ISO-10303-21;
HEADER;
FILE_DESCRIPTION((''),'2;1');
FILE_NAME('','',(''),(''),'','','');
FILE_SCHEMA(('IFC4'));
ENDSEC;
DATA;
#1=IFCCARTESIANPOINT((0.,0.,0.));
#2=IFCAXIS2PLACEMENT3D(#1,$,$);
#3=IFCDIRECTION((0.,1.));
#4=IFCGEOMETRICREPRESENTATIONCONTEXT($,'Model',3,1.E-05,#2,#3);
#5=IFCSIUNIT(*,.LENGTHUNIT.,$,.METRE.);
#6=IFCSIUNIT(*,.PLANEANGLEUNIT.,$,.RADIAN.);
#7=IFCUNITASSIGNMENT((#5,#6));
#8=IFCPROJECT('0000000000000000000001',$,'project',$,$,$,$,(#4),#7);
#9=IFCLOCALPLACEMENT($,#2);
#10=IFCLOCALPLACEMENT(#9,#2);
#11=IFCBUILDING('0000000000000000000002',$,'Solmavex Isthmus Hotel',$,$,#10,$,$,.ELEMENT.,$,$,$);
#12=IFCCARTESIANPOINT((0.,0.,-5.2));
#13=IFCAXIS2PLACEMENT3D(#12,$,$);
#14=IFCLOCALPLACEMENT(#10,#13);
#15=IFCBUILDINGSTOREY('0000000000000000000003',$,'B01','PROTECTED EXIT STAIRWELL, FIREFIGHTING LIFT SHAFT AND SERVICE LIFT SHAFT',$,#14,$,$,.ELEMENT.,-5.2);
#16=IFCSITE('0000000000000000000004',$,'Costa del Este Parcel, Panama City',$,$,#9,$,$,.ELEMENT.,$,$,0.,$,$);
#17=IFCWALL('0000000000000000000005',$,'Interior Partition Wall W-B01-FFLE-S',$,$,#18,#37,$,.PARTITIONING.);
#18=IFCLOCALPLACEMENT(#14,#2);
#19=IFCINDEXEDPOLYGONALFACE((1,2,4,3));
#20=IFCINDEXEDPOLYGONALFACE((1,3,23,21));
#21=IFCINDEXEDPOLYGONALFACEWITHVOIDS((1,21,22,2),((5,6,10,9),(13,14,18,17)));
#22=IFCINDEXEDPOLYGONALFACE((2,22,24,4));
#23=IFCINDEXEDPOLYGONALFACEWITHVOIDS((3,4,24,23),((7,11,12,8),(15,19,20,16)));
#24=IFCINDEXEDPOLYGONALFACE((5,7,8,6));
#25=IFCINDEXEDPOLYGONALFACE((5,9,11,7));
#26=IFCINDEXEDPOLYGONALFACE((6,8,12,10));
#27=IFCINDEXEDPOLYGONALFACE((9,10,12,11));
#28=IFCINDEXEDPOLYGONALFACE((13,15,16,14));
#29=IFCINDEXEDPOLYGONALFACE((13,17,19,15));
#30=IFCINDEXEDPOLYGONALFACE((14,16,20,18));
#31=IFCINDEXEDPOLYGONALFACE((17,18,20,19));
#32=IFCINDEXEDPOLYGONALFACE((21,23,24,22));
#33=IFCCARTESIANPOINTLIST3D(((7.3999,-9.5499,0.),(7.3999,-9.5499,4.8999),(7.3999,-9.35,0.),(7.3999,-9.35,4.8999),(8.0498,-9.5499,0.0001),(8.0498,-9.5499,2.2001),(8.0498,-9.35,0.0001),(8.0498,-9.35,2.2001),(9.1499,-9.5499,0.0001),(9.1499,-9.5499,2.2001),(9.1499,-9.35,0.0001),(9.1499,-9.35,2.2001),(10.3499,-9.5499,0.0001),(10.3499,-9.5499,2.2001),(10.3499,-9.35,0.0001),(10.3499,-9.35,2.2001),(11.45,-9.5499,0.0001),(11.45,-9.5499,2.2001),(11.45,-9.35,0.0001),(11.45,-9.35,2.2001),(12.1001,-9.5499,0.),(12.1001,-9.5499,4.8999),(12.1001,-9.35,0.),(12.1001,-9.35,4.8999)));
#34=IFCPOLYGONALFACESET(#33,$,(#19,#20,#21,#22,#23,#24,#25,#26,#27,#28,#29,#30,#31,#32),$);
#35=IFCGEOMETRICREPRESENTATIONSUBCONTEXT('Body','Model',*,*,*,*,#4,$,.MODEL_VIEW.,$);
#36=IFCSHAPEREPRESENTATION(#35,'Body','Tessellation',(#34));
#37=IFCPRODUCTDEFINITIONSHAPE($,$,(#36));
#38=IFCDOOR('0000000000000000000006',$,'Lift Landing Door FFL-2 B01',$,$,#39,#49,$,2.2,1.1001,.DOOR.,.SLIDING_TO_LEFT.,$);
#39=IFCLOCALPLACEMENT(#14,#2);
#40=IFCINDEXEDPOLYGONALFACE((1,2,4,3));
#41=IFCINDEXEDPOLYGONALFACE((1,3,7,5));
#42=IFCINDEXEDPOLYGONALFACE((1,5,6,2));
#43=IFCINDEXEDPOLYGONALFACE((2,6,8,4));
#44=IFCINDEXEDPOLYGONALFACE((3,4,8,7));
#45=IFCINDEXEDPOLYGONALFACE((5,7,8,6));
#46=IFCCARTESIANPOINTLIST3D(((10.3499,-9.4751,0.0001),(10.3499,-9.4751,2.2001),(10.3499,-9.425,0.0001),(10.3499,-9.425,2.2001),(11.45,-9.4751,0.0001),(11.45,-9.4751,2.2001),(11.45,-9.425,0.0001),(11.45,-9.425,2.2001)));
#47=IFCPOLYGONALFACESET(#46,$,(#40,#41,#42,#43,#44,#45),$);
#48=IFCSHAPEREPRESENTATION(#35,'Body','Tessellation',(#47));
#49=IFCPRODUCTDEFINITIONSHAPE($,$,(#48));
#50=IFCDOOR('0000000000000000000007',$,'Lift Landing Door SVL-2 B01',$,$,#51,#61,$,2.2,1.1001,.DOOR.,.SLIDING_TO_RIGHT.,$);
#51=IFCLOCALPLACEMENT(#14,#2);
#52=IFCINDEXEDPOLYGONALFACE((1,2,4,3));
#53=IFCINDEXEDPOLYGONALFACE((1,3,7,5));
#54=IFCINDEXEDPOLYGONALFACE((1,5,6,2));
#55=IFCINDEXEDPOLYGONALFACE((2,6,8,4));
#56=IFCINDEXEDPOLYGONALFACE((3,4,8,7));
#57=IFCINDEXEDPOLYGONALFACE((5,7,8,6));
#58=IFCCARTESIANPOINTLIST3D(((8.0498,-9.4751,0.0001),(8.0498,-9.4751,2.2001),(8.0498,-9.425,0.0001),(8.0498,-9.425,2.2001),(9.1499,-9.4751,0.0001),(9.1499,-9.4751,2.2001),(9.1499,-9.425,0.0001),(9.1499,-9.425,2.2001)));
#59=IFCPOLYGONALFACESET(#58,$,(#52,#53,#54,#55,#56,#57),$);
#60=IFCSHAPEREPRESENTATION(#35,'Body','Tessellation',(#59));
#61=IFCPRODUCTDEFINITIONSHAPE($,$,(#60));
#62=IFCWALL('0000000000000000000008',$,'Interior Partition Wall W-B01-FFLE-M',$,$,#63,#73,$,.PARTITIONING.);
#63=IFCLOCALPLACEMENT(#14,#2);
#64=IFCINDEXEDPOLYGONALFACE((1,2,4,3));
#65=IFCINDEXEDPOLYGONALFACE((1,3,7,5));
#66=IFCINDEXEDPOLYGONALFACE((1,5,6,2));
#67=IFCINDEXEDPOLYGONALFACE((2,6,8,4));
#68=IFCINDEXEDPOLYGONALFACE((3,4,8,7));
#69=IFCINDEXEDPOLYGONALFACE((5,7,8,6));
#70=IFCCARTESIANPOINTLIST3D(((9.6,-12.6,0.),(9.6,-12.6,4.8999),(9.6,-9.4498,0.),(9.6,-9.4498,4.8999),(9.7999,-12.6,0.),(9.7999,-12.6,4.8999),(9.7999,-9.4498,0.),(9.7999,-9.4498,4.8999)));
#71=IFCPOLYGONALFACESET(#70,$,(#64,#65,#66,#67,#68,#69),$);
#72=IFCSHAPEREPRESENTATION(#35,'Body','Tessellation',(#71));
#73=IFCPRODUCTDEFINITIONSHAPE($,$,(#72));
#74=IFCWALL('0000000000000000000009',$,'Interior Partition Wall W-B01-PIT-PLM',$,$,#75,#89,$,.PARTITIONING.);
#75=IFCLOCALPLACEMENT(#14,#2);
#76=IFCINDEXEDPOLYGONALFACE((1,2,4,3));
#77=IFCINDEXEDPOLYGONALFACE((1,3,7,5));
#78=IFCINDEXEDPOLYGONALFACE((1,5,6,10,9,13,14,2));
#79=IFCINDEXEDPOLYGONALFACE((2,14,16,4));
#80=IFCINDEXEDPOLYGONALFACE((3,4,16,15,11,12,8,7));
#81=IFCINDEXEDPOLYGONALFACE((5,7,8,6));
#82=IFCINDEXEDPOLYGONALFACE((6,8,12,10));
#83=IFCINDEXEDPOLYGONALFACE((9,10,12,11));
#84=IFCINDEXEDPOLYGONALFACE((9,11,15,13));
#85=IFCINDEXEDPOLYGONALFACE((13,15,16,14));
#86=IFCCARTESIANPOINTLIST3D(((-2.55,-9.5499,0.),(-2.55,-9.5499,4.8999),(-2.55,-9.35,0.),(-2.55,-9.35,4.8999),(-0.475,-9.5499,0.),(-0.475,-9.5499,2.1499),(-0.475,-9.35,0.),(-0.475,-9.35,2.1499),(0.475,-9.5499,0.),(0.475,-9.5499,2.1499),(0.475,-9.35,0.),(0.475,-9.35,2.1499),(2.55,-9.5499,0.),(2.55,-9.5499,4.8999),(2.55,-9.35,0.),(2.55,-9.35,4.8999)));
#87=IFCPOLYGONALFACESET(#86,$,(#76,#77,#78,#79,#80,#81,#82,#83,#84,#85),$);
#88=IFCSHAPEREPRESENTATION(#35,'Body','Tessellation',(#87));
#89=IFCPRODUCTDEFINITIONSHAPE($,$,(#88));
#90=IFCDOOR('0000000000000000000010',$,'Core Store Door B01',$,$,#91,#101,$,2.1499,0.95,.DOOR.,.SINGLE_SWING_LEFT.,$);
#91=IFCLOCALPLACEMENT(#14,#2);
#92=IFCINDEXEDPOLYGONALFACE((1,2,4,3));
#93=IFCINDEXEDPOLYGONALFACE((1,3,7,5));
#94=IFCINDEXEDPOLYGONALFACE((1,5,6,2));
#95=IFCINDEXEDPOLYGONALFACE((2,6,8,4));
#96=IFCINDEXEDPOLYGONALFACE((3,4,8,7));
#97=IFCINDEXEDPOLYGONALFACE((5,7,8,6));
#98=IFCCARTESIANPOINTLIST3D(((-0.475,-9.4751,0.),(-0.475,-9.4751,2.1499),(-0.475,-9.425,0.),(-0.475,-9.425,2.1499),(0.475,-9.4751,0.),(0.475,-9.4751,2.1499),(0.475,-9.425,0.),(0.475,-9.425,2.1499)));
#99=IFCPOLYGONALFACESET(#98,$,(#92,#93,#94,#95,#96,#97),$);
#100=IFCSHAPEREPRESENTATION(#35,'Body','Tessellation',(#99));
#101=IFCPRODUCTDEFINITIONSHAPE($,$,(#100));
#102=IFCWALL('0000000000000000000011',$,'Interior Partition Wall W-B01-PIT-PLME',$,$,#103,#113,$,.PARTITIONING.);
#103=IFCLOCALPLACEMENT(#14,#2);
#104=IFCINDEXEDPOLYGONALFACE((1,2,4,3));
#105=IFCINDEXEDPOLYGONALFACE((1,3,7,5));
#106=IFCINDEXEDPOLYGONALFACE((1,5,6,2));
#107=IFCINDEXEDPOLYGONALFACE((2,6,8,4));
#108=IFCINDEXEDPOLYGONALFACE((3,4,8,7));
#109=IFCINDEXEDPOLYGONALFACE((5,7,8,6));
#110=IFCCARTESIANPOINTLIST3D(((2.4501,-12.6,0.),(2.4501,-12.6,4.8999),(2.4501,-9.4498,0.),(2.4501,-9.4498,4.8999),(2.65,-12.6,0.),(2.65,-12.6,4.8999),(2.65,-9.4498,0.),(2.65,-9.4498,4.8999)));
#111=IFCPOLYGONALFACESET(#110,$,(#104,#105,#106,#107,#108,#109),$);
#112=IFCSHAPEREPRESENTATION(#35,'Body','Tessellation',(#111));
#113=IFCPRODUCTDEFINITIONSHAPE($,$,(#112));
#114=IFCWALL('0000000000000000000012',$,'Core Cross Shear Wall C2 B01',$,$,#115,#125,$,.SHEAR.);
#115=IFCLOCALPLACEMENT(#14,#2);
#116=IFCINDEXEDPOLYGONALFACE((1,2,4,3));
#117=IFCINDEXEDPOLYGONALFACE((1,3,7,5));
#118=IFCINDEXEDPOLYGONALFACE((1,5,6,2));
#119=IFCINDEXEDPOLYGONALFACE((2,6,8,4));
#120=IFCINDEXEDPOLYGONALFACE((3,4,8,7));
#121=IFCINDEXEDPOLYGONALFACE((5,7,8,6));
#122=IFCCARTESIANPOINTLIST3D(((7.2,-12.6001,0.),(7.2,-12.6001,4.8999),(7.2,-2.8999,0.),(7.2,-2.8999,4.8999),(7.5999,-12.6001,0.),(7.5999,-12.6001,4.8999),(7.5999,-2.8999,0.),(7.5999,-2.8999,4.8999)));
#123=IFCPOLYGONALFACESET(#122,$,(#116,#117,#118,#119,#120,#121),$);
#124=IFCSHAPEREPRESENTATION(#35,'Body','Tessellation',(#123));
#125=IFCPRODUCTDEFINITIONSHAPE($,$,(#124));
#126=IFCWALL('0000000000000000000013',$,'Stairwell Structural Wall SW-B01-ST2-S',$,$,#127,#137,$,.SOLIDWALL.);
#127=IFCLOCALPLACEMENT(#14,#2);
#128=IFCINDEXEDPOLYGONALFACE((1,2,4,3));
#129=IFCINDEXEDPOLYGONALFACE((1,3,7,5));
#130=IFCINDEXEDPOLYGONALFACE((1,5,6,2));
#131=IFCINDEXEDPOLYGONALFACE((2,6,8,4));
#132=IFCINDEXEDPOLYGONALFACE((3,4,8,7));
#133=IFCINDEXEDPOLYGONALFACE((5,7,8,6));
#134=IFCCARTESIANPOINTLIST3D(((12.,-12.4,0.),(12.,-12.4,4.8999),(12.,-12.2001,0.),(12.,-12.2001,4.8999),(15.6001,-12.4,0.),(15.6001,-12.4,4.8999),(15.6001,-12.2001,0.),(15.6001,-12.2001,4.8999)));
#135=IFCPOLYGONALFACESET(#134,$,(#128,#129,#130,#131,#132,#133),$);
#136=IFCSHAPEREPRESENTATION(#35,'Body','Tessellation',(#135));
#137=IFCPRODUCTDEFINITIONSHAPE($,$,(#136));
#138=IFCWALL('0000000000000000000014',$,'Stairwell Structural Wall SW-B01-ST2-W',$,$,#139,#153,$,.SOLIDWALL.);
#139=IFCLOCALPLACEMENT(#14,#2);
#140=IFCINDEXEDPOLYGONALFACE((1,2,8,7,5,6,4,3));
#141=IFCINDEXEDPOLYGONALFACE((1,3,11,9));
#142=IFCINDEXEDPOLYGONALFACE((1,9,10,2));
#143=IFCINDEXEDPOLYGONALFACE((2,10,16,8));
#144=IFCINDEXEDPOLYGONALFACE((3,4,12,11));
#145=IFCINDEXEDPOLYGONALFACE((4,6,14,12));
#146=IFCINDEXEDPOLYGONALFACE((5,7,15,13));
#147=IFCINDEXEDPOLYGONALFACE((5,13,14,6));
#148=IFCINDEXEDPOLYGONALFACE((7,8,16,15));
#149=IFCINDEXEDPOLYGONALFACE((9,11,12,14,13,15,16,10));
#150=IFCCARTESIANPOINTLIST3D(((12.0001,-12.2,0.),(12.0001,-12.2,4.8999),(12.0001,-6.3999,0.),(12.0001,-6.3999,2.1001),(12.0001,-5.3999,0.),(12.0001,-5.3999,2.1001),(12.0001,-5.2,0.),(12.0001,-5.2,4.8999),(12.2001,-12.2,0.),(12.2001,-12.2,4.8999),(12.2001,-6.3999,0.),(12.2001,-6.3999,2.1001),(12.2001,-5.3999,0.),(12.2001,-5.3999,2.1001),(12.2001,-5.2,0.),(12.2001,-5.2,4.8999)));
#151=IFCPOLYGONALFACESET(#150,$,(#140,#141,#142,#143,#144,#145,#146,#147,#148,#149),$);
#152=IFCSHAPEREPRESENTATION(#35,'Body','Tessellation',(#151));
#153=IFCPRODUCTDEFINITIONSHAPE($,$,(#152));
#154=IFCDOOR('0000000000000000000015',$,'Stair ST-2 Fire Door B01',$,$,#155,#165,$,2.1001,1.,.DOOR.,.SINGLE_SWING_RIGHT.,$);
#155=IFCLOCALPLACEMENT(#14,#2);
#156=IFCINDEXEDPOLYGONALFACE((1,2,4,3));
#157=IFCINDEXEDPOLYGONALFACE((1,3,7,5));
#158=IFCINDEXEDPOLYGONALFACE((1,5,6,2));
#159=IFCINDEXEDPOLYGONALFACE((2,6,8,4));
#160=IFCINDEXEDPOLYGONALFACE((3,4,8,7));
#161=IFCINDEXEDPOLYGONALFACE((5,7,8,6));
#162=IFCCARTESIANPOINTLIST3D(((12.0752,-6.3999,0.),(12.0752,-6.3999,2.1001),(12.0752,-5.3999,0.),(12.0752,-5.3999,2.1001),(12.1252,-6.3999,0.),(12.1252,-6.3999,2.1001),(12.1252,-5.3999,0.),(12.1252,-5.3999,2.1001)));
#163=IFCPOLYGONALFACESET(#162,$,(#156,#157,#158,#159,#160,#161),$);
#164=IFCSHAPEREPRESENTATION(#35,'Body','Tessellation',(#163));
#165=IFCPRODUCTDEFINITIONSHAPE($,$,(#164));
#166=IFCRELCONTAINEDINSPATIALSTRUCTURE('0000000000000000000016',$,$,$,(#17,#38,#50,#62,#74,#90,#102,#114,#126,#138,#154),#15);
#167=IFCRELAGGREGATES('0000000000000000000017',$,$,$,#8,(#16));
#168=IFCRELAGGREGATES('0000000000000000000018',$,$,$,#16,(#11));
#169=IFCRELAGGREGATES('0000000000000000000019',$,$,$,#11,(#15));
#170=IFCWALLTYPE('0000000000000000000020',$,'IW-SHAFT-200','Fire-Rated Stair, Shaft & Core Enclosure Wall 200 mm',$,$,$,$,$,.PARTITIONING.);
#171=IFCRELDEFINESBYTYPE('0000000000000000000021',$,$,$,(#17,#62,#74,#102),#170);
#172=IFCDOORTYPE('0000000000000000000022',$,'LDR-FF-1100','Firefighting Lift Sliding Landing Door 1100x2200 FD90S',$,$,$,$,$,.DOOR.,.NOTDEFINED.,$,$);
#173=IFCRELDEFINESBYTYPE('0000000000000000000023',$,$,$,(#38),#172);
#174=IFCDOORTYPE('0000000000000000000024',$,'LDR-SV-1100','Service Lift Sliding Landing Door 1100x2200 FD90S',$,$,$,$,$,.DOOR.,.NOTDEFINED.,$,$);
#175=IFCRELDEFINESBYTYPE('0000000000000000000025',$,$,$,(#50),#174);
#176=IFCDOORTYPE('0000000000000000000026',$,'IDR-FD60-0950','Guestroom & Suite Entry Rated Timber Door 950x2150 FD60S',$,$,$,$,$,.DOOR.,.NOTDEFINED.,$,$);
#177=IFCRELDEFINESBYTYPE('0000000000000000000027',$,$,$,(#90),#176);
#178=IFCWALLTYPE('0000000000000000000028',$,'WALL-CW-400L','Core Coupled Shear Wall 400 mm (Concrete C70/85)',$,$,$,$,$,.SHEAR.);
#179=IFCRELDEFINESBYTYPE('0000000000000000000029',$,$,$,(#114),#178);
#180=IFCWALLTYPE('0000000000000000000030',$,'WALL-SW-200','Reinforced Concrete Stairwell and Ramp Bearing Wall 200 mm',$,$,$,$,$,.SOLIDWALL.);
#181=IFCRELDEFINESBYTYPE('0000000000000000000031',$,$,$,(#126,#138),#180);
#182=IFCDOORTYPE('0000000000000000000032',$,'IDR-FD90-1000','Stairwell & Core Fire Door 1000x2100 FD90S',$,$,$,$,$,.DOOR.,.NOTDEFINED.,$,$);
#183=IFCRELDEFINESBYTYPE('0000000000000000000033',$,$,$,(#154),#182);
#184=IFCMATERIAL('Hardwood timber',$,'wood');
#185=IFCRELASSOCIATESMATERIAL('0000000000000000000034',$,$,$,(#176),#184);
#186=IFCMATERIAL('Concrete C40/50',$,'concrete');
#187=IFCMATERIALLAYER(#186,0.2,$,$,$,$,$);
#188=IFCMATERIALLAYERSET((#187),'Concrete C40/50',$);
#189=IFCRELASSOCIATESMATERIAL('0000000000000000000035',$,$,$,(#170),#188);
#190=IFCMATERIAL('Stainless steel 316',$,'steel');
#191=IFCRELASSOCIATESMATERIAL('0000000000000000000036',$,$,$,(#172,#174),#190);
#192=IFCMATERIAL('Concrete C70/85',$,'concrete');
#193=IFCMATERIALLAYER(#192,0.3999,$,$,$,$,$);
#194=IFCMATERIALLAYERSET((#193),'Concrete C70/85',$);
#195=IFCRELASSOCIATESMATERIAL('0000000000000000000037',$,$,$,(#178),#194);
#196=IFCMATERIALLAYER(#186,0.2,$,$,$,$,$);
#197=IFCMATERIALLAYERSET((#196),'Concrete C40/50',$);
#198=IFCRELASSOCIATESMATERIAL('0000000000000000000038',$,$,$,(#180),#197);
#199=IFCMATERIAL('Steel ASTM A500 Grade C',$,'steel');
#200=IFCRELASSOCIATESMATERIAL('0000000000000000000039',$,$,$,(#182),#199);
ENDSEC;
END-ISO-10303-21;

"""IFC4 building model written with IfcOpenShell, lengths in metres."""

from ifc_helpers import new_model, si_unit, direction, frame, frame_2d, origin, place, context, subcontext, project, spatial, rectangle, extrude, material, layer, layer_set, type_object, element, fill, save


model = new_model("IFC4")

# Units and contexts
model_context = context("Model", 3, precision=1e-05, world=origin(), true_north=direction((0.0, 1.0)))
body_context = subcontext(model_context, "Body", "Model", "MODEL_VIEW")
ifc_project = project(units=[si_unit("LENGTHUNIT", "METRE"), si_unit("PLANEANGLEUNIT", "RADIAN")], contexts=[model_context])

# Site, building, storey
site_placement = place(None, origin())
site = spatial("IfcSite", under=ifc_project, at=site_placement, Name="Costa del Este Parcel, Panama City", CompositionType="ELEMENT", RefElevation=0.0)
building_placement = place(site_placement, origin())
building = spatial("IfcBuilding", under=site, at=building_placement, Name="Solmavex Isthmus Hotel", CompositionType="ELEMENT")
storey_placement = place(building_placement, frame((0.0, 0.0, -5.2)))
storey = spatial("IfcBuildingStorey", under=building, at=storey_placement, Name="B01", Description="PROTECTED EXIT STAIRWELL, FIREFIGHTING LIFT SHAFT AND SERVICE LIFT SHAFT", CompositionType="ELEMENT", Elevation=-5.2)

# Shared definitions
ifc_material_1 = material(Name="Concrete C70/85", Category="concrete")

# Shared definitions
ifc_material_2 = material(Name="Concrete C40/50", Category="concrete")
ifc_material_3 = material(Name="Hardwood timber", Category="wood")
door_type_1 = type_object("IfcDoorType", Name="IDR-FD60-0950", Description="Guestroom & Suite Entry Rated Timber Door 950x2150 FD60S", OperationType="NOTDEFINED", PredefinedType="DOOR", material=ifc_material_3)

# Wall, openings, doors
ifc_layer_1 = layer(ifc_material_2, 0.2)
ifc_layer_set_1 = layer_set([ifc_layer_1], Name="Concrete C40/50")
wall_type_1 = type_object("IfcWallType", Name="IW-SHAFT-200", Description="Fire-Rated Stair, Shaft & Core Enclosure Wall 200 mm", PredefinedType="PARTITIONING", material=ifc_layer_set_1)
wall_1_placement = place(storey_placement, frame((7.3999, -9.45, 0.0), z_axis=(0.0, 0.0, 1.0), x_axis=(1.0, 0.0, 0.0)))
wall_1 = element("IfcWall", 1, at=wall_1_placement, inside=storey, type_object=wall_type_1, Name="Interior Partition Wall W-B01-FFLE-S", PredefinedType="PARTITIONING", context=body_context, shape_type="SweptSolid", body=[
    extrude(rectangle(XDim=4.7002, YDim=0.2, at=frame_2d((2.3501, 0.0))), origin(), (0.0, 0.0, 1.0), 4.8999),
])
opening_1_placement = place(wall_1_placement, frame((2.95, 0.0, 0.0)))
opening_1 = element("IfcOpeningElement", 2, at=opening_1_placement, cuts=wall_1, PredefinedType="OPENING", context=body_context, shape_type="SweptSolid", body=[
    extrude(rectangle(XDim=1.1001, YDim=2.2, at=frame_2d((0.55, 1.1001))), frame((0.0, 0.1099, 0.0), z_axis=(0.0, -1.0, 0.0), x_axis=(1.0, 0.0, 0.0)), (0.0, 0.0, 1.0), 0.22),
])
opening_2_placement = place(wall_1_placement, frame((0.6499, 0.0, 0.0)))
opening_2 = element("IfcOpeningElement", 3, at=opening_2_placement, cuts=wall_1, PredefinedType="OPENING", context=body_context, shape_type="SweptSolid", body=[
    extrude(rectangle(XDim=1.1001, YDim=2.2, at=frame_2d((0.55, 1.1001))), frame((0.0, 0.1099, 0.0), z_axis=(0.0, -1.0, 0.0), x_axis=(1.0, 0.0, 0.0)), (0.0, 0.0, 1.0), 0.22),
])
ifc_material_4 = material(Name="Stainless steel 316", Category="steel")
door_type_2 = type_object("IfcDoorType", Name="LDR-FF-1100", Description="Firefighting Lift Sliding Landing Door 1100x2200 FD90S", OperationType="NOTDEFINED", PredefinedType="DOOR", material=ifc_material_4)
door_1_placement = place(opening_1_placement, origin())
door_1 = element("IfcDoor", 4, at=door_1_placement, inside=storey, type_object=door_type_2, Name="Lift Landing Door FFL-2 B01", OperationType="SLIDING_TO_LEFT", OverallHeight=2.2, OverallWidth=1.1001, PredefinedType="DOOR", context=body_context, shape_type="SweptSolid", body=[
    extrude(rectangle(XDim=1.1001, YDim=2.2, at=frame_2d((0.55, 1.1001))), frame((0.0, 0.0249, 0.0), z_axis=(0.0, -1.0, 0.0), x_axis=(1.0, 0.0, 0.0)), (0.0, 0.0, 1.0), 0.05),
])
fill(opening_1, door_1)
door_type_3 = type_object("IfcDoorType", Name="LDR-SV-1100", Description="Service Lift Sliding Landing Door 1100x2200 FD90S", OperationType="NOTDEFINED", PredefinedType="DOOR", material=ifc_material_4)
door_2_placement = place(opening_2_placement, origin())
door_2 = element("IfcDoor", 5, at=door_2_placement, inside=storey, type_object=door_type_3, Name="Lift Landing Door SVL-2 B01", OperationType="SLIDING_TO_RIGHT", OverallHeight=2.2, OverallWidth=1.1001, PredefinedType="DOOR", context=body_context, shape_type="SweptSolid", body=[
    extrude(rectangle(XDim=1.1001, YDim=2.2, at=frame_2d((0.55, 1.1001))), frame((0.0, 0.0249, 0.0), z_axis=(0.0, -1.0, 0.0), x_axis=(1.0, 0.0, 0.0)), (0.0, 0.0, 1.0), 0.05),
])
fill(opening_2, door_2)

# Wall
wall_2_placement = place(storey_placement, frame((9.7, -12.6001, 0.0), z_axis=(0.0, 0.0, 1.0), x_axis=(0.0, 1.0, 0.0)))
element("IfcWall", 6, at=wall_2_placement, inside=storey, type_object=wall_type_1, Name="Interior Partition Wall W-B01-FFLE-M", PredefinedType="PARTITIONING", context=body_context, shape_type="SweptSolid", body=[
    extrude(rectangle(XDim=3.1501, YDim=0.2, at=frame_2d((1.5752, 0.0))), origin(), (0.0, 0.0, 1.0), 4.8999),
])

# Wall, opening, door
wall_3_placement = place(storey_placement, frame((-2.55, -9.45, 0.0), z_axis=(0.0, 0.0, 1.0), x_axis=(1.0, 0.0, 0.0)))
wall_3 = element("IfcWall", 7, at=wall_3_placement, inside=storey, type_object=wall_type_1, Name="Interior Partition Wall W-B01-PIT-PLM", PredefinedType="PARTITIONING", context=body_context, shape_type="SweptSolid", body=[
    extrude(rectangle(XDim=5.1001, YDim=0.2, at=frame_2d((2.55, 0.0))), origin(), (0.0, 0.0, 1.0), 4.8999),
])
opening_3_placement = place(wall_3_placement, frame((2.075, 0.0, 0.0)))
opening_3 = element("IfcOpeningElement", 8, at=opening_3_placement, cuts=wall_3, PredefinedType="OPENING", context=body_context, shape_type="SweptSolid", body=[
    extrude(rectangle(XDim=0.95, YDim=2.1499, at=frame_2d((0.4751, 1.075))), frame((0.0, 0.1099, 0.0), z_axis=(0.0, -1.0, 0.0), x_axis=(1.0, 0.0, 0.0)), (0.0, 0.0, 1.0), 0.22),
])
door_3_placement = place(opening_3_placement, origin())
door_3 = element("IfcDoor", 9, at=door_3_placement, inside=storey, type_object=door_type_1, Name="Core Store Door B01", OperationType="SINGLE_SWING_LEFT", OverallHeight=2.1499, OverallWidth=0.95, PredefinedType="DOOR", context=body_context, shape_type="SweptSolid", body=[
    extrude(rectangle(XDim=0.95, YDim=2.1499, at=frame_2d((0.4751, 1.075))), frame((0.0, 0.0249, 0.0), z_axis=(0.0, -1.0, 0.0), x_axis=(1.0, 0.0, 0.0)), (0.0, 0.0, 1.0), 0.05),
])
fill(opening_3, door_3)

# Walls
wall_4_placement = place(storey_placement, frame((2.55, -12.6001, 0.0), z_axis=(0.0, 0.0, 1.0), x_axis=(0.0, 1.0, 0.0)))
element("IfcWall", 10, at=wall_4_placement, inside=storey, type_object=wall_type_1, Name="Interior Partition Wall W-B01-PIT-PLME", PredefinedType="PARTITIONING", context=body_context, shape_type="SweptSolid", body=[
    extrude(rectangle(XDim=3.1501, YDim=0.2, at=frame_2d((1.5752, 0.0))), origin(), (0.0, 0.0, 1.0), 4.8999),
])
ifc_layer_2 = layer(ifc_material_1, 0.3999)
ifc_layer_set_2 = layer_set([ifc_layer_2], Name="Concrete C70/85")
wall_type_2 = type_object("IfcWallType", Name="WALL-CW-400L", Description="Core Coupled Shear Wall 400 mm (Concrete C70/85)", PredefinedType="SHEAR", material=ifc_layer_set_2)
wall_5_placement = place(storey_placement, frame((7.3999, -12.6001, 0.0), z_axis=(0.0, 0.0, 1.0), x_axis=(0.0, 1.0, 0.0)))
element("IfcWall", 11, at=wall_5_placement, inside=storey, type_object=wall_type_2, Name="Core Cross Shear Wall C2 B01", PredefinedType="SHEAR", context=body_context, shape_type="SweptSolid", body=[
    extrude(rectangle(XDim=9.7002, YDim=0.3999, at=frame_2d((4.8501, 0.0))), origin(), (0.0, 0.0, 1.0), 4.8999),
])
ifc_layer_3 = layer(ifc_material_2, 0.2)
ifc_layer_set_3 = layer_set([ifc_layer_3], Name="Concrete C40/50")
wall_type_3 = type_object("IfcWallType", Name="WALL-SW-200", Description="Reinforced Concrete Stairwell and Ramp Bearing Wall 200 mm", PredefinedType="SOLIDWALL", material=ifc_layer_set_3)
wall_6_placement = place(storey_placement, frame((12.0, -12.3, 0.0), z_axis=(0.0, 0.0, 1.0), x_axis=(1.0, 0.0, 0.0)))
element("IfcWall", 12, at=wall_6_placement, inside=storey, type_object=wall_type_3, Name="Stairwell Structural Wall SW-B01-ST2-S", PredefinedType="SOLIDWALL", context=body_context, shape_type="SweptSolid", body=[
    extrude(rectangle(XDim=3.6001, YDim=0.2, at=frame_2d((1.8, 0.0))), origin(), (0.0, 0.0, 1.0), 4.8999),
])

# Wall, opening, door
wall_7_placement = place(storey_placement, frame((12.1001, -12.2, 0.0), z_axis=(0.0, 0.0, 1.0), x_axis=(0.0, 1.0, 0.0)))
wall_7 = element("IfcWall", 13, at=wall_7_placement, inside=storey, type_object=wall_type_3, Name="Stairwell Structural Wall SW-B01-ST2-W", PredefinedType="SOLIDWALL", context=body_context, shape_type="SweptSolid", body=[
    extrude(rectangle(XDim=7.0, YDim=0.2, at=frame_2d((3.5, 0.0))), origin(), (0.0, 0.0, 1.0), 4.8999),
])
opening_4_placement = place(wall_7_placement, frame((5.8, 0.0, 0.0)))
opening_4 = element("IfcOpeningElement", 14, at=opening_4_placement, cuts=wall_7, PredefinedType="OPENING", context=body_context, shape_type="SweptSolid", body=[
    extrude(rectangle(XDim=1.0, YDim=2.1001, at=frame_2d((0.5, 1.05))), frame((0.0, 0.1099, 0.0), z_axis=(0.0, -1.0, 0.0), x_axis=(1.0, 0.0, 0.0)), (0.0, 0.0, 1.0), 0.22),
])
ifc_material_5 = material(Name="Steel ASTM A500 Grade C", Category="steel")
door_type_4 = type_object("IfcDoorType", Name="IDR-FD90-1000", Description="Stairwell & Core Fire Door 1000x2100 FD90S", OperationType="NOTDEFINED", PredefinedType="DOOR", material=ifc_material_5)
door_4_placement = place(opening_4_placement, origin())
door_4 = element("IfcDoor", 15, at=door_4_placement, inside=storey, type_object=door_type_4, Name="Stair ST-2 Fire Door B01", OperationType="SINGLE_SWING_RIGHT", OverallHeight=2.1001, OverallWidth=1.0, PredefinedType="DOOR", context=body_context, shape_type="SweptSolid", body=[
    extrude(rectangle(XDim=1.0, YDim=2.1001, at=frame_2d((0.5, 1.05))), frame((0.0, 0.0249, 0.0), z_axis=(0.0, -1.0, 0.0), x_axis=(1.0, 0.0, 0.0)), (0.0, 0.0, 1.0), 0.05),
])
fill(opening_4, door_4)

save(model, "model.ifc")
